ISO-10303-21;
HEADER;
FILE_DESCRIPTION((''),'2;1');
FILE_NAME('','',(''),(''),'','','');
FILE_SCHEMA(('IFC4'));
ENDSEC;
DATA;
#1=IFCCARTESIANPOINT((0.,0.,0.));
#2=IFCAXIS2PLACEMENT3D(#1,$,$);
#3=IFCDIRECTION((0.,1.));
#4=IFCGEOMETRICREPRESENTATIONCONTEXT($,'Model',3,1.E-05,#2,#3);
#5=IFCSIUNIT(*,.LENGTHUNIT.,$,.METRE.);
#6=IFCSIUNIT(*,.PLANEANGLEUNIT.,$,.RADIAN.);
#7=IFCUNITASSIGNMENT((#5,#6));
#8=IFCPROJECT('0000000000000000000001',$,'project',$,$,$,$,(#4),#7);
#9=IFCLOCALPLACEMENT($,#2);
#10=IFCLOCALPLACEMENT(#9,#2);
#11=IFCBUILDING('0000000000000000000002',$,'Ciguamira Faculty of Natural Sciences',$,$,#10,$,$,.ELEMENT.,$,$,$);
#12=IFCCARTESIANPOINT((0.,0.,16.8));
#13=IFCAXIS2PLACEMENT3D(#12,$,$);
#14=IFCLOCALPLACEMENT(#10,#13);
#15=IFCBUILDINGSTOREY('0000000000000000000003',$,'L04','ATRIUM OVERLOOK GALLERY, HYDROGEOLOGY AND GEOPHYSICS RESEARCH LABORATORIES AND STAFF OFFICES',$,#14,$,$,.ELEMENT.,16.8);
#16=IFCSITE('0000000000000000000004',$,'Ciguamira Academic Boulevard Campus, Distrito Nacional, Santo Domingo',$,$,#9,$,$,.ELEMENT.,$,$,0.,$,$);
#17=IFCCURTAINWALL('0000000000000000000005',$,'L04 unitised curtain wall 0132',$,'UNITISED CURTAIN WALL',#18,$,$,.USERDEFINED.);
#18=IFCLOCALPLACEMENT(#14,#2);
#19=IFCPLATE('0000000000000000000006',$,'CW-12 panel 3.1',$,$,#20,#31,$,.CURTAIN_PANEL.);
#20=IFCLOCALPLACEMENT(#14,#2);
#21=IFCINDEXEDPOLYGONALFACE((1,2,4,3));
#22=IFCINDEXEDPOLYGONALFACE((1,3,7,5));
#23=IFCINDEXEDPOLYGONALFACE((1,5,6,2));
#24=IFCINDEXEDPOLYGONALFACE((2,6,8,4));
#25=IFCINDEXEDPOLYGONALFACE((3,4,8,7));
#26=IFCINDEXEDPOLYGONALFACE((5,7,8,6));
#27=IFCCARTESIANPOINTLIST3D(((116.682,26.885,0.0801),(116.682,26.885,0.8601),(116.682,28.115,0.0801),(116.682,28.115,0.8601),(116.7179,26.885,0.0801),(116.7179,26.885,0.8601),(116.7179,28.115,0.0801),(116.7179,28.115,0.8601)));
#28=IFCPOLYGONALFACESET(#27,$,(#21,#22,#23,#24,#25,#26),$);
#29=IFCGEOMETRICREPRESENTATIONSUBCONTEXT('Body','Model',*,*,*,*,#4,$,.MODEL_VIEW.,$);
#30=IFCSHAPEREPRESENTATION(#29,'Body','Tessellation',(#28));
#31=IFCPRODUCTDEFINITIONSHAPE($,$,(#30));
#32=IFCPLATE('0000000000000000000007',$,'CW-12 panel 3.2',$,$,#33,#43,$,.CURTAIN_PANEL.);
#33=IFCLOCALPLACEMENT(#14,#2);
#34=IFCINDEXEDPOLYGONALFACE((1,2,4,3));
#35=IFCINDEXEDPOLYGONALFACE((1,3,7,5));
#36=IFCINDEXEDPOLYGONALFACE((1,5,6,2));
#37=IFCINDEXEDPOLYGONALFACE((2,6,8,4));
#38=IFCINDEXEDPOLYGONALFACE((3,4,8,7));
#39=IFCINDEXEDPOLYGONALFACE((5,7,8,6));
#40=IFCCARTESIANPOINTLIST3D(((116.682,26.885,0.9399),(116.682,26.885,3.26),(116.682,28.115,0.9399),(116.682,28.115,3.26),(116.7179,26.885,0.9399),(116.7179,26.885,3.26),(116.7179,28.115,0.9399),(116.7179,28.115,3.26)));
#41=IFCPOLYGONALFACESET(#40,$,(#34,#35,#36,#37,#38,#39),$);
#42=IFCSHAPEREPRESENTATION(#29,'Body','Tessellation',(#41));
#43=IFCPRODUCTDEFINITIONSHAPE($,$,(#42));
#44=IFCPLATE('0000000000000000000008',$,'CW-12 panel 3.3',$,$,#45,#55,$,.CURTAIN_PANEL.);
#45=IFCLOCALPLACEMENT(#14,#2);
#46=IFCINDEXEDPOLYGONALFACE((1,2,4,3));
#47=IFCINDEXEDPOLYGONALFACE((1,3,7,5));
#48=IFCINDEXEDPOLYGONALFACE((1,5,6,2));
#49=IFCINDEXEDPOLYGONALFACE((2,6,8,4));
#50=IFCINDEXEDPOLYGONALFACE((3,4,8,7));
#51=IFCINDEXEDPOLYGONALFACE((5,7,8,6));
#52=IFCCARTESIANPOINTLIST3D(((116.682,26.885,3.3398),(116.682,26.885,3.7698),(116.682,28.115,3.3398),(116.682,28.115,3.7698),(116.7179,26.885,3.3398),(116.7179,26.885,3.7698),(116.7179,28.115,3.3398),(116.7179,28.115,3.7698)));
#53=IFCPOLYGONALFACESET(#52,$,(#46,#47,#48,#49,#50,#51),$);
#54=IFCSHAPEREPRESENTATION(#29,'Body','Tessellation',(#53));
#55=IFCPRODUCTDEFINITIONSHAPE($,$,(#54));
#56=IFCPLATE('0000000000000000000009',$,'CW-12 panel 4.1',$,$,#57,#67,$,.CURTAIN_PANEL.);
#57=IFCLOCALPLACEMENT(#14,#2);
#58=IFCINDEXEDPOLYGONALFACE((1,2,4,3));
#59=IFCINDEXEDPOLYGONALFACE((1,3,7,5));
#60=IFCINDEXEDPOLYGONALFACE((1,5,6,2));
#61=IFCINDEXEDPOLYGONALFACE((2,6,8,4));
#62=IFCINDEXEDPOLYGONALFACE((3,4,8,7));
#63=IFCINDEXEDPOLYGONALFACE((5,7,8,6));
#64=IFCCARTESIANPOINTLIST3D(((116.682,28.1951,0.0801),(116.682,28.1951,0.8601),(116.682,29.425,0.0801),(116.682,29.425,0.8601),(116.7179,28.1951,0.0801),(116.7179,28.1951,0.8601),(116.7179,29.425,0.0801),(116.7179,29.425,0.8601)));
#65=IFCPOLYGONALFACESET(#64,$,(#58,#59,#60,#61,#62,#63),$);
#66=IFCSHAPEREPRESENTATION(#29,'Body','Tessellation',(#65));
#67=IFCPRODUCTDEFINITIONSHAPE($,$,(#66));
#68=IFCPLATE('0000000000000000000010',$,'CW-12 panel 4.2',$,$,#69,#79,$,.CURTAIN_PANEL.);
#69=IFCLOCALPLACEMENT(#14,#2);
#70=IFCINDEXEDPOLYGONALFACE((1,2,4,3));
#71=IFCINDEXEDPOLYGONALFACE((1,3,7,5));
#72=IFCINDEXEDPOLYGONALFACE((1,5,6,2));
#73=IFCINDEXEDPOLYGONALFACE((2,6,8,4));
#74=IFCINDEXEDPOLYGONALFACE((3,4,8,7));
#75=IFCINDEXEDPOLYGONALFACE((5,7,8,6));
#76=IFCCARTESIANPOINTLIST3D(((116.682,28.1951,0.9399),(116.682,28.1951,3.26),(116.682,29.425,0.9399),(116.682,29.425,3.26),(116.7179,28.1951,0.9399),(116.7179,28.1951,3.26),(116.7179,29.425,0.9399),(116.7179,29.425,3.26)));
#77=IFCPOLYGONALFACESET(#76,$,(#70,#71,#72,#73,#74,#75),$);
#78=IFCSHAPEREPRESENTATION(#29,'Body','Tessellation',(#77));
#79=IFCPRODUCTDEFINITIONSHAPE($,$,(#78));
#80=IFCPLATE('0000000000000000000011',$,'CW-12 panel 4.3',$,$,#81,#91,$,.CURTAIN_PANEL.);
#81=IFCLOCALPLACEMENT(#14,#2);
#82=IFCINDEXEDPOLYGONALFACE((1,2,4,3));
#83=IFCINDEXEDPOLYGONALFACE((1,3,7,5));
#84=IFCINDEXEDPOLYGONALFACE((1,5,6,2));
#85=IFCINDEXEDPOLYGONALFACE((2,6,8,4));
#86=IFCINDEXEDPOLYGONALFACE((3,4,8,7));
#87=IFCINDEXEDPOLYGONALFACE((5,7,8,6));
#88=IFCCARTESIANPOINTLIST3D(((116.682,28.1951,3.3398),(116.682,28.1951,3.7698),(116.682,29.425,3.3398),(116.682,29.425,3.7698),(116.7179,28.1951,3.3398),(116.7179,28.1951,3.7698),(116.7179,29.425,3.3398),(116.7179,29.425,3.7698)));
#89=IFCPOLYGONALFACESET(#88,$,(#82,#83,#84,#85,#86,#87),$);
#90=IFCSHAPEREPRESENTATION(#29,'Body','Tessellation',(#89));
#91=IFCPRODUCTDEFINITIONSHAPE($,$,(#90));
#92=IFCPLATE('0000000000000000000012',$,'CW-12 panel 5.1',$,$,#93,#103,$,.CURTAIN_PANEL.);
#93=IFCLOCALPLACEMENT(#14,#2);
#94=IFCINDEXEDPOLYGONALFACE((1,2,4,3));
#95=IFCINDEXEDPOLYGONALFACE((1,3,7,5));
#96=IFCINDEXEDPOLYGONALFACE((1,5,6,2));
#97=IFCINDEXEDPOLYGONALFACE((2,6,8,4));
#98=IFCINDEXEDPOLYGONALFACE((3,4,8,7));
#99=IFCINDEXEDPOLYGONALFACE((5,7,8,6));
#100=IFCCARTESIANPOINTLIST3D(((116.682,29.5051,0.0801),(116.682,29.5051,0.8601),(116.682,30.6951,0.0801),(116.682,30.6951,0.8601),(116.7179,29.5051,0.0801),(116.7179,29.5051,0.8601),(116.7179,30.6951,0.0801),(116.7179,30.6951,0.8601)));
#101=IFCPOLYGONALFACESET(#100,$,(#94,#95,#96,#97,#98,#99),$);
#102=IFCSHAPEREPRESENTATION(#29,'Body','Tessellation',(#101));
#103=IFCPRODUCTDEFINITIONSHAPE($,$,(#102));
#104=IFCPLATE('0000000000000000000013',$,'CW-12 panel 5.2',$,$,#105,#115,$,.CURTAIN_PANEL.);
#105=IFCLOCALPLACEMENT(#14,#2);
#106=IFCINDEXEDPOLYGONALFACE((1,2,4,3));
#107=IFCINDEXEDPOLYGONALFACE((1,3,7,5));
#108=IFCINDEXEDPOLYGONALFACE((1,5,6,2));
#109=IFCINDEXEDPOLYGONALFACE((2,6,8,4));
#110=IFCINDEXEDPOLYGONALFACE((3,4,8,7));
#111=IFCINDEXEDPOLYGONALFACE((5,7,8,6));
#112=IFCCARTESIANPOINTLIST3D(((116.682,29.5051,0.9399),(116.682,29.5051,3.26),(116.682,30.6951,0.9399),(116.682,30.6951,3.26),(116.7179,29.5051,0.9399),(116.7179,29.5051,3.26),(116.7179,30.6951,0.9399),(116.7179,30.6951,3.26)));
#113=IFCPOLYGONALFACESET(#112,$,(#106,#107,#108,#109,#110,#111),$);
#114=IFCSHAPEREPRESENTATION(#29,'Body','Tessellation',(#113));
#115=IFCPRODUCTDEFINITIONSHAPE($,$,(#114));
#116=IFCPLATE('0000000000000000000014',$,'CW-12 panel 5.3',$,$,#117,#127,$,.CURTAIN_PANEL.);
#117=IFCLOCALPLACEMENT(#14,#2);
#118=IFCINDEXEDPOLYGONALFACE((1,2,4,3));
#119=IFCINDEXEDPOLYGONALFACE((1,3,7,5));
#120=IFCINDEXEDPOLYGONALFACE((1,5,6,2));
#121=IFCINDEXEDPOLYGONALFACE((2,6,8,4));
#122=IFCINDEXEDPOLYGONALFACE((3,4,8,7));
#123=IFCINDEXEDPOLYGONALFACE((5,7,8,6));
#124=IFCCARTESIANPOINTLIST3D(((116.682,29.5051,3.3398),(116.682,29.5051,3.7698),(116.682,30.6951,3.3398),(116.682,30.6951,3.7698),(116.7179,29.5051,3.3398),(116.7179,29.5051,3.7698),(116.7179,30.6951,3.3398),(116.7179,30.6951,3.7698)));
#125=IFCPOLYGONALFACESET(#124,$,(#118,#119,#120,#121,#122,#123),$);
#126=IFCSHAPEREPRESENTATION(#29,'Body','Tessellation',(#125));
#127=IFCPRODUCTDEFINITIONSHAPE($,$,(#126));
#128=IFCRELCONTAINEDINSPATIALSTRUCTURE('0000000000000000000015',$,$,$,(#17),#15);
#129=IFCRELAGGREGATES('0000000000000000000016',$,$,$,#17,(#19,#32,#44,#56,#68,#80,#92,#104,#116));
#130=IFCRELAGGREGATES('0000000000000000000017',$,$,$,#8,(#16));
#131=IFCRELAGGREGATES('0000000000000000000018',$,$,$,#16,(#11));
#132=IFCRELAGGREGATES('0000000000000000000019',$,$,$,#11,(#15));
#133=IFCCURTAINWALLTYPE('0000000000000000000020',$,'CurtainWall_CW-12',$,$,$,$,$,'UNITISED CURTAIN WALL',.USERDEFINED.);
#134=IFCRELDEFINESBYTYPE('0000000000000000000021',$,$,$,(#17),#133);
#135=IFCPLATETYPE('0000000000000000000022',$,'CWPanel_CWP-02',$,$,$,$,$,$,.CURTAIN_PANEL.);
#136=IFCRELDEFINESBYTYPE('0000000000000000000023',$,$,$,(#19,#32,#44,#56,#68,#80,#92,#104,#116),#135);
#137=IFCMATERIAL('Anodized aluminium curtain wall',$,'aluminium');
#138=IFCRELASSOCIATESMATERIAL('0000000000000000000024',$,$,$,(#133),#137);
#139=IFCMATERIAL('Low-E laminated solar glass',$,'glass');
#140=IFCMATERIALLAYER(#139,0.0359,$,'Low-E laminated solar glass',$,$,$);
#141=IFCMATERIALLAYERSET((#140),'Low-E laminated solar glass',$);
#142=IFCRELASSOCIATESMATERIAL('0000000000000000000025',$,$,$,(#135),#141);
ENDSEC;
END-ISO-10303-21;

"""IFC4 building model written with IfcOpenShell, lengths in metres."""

from ifc_helpers import new_model, si_unit, direction, frame, origin, origin_2d, place, context, subcontext, project, spatial, rectangle, extrude, material, layer, layer_set, type_object, element, aggregate, save


model = new_model("IFC4")

# Units and contexts
model_context = context("Model", 3, precision=1e-05, world=origin(), true_north=direction((0.0, 1.0)))
body_context = subcontext(model_context, "Body", "Model", "MODEL_VIEW")
ifc_project = project(units=[si_unit("LENGTHUNIT", "METRE"), si_unit("PLANEANGLEUNIT", "RADIAN")], contexts=[model_context])

# Site, building, storey
site_placement = place(None, origin())
site = spatial("IfcSite", under=ifc_project, at=site_placement, Name="Ciguamira Academic Boulevard Campus, Distrito Nacional, Santo Domingo", CompositionType="ELEMENT", RefElevation=0.0)
building_placement = place(site_placement, origin())
building = spatial("IfcBuilding", under=site, at=building_placement, Name="Ciguamira Faculty of Natural Sciences", CompositionType="ELEMENT")
storey_placement = place(building_placement, frame((0.0, 0.0, 16.8)))
storey = spatial("IfcBuildingStorey", under=building, at=storey_placement, Name="L04", Description="ATRIUM OVERLOOK GALLERY, HYDROGEOLOGY AND GEOPHYSICS RESEARCH LABORATORIES AND STAFF OFFICES", CompositionType="ELEMENT", Elevation=16.8)

# Curtain wall, plates
ifc_material_1 = material(Name="Anodized aluminium curtain wall", Category="aluminium")
curtain_wall_type = type_object("IfcCurtainWallType", Name="CurtainWall_CW-12", ElementType="UNITISED CURTAIN WALL", PredefinedType="USERDEFINED", material=ifc_material_1)
curtain_wall_placement = place(storey_placement, origin())
curtain_wall = element("IfcCurtainWall", 1, at=curtain_wall_placement, inside=storey, type_object=curtain_wall_type, Name="L04 unitised curtain wall 0132", ObjectType="UNITISED CURTAIN WALL", PredefinedType="USERDEFINED")
ifc_material_2 = material(Name="Low-E laminated solar glass", Category="glass")
ifc_layer = layer(ifc_material_2, 0.0359, Name="Low-E laminated solar glass")
ifc_layer_set = layer_set([ifc_layer], Name="Low-E laminated solar glass")
plate_type = type_object("IfcPlateType", Name="CWPanel_CWP-02", PredefinedType="CURTAIN_PANEL", material=ifc_layer_set)
plate_1_placement = place(storey_placement, frame((116.7, 27.5, 0.0801), z_axis=(0.0, 0.0, 1.0), x_axis=(0.0, 1.0, 0.0)))
plate_1 = element("IfcPlate", 2, at=plate_1_placement, type_object=plate_type, Name="CW-12 panel 3.1", PredefinedType="CURTAIN_PANEL", context=body_context, shape_type="SweptSolid", body=[
    extrude(rectangle(XDim=1.23, YDim=0.0359, at=origin_2d()), origin(), (0.0, 0.0, 1.0), 0.78),
])
plate_2_placement = place(storey_placement, frame((116.7, 27.5, 0.9399), z_axis=(0.0, 0.0, 1.0), x_axis=(0.0, 1.0, 0.0)))
plate_2 = element("IfcPlate", 3, at=plate_2_placement, type_object=plate_type, Name="CW-12 panel 3.2", PredefinedType="CURTAIN_PANEL", context=body_context, shape_type="SweptSolid", body=[
    extrude(rectangle(XDim=1.23, YDim=0.0359, at=origin_2d()), origin(), (0.0, 0.0, 1.0), 2.3201),
])
plate_3_placement = place(storey_placement, frame((116.7, 27.5, 3.3398), z_axis=(0.0, 0.0, 1.0), x_axis=(0.0, 1.0, 0.0)))
plate_3 = element("IfcPlate", 4, at=plate_3_placement, type_object=plate_type, Name="CW-12 panel 3.3", PredefinedType="CURTAIN_PANEL", context=body_context, shape_type="SweptSolid", body=[
    extrude(rectangle(XDim=1.23, YDim=0.0359, at=origin_2d()), origin(), (0.0, 0.0, 1.0), 0.4299),
])
plate_4_placement = place(storey_placement, frame((116.7, 28.8101, 0.0801), z_axis=(0.0, 0.0, 1.0), x_axis=(0.0, 1.0, 0.0)))
plate_4 = element("IfcPlate", 5, at=plate_4_placement, type_object=plate_type, Name="CW-12 panel 4.1", PredefinedType="CURTAIN_PANEL", context=body_context, shape_type="SweptSolid", body=[
    extrude(rectangle(XDim=1.23, YDim=0.0359, at=origin_2d()), origin(), (0.0, 0.0, 1.0), 0.78),
])
plate_5_placement = place(storey_placement, frame((116.7, 28.8101, 0.9399), z_axis=(0.0, 0.0, 1.0), x_axis=(0.0, 1.0, 0.0)))
plate_5 = element("IfcPlate", 6, at=plate_5_placement, type_object=plate_type, Name="CW-12 panel 4.2", PredefinedType="CURTAIN_PANEL", context=body_context, shape_type="SweptSolid", body=[
    extrude(rectangle(XDim=1.23, YDim=0.0359, at=origin_2d()), origin(), (0.0, 0.0, 1.0), 2.3201),
])
plate_6_placement = place(storey_placement, frame((116.7, 28.8101, 3.3398), z_axis=(0.0, 0.0, 1.0), x_axis=(0.0, 1.0, 0.0)))
plate_6 = element("IfcPlate", 7, at=plate_6_placement, type_object=plate_type, Name="CW-12 panel 4.3", PredefinedType="CURTAIN_PANEL", context=body_context, shape_type="SweptSolid", body=[
    extrude(rectangle(XDim=1.23, YDim=0.0359, at=origin_2d()), origin(), (0.0, 0.0, 1.0), 0.4299),
])
plate_7_placement = place(storey_placement, frame((116.7, 30.1001, 0.0801), z_axis=(0.0, 0.0, 1.0), x_axis=(0.0, 1.0, 0.0)))
plate_7 = element("IfcPlate", 8, at=plate_7_placement, type_object=plate_type, Name="CW-12 panel 5.1", PredefinedType="CURTAIN_PANEL", context=body_context, shape_type="SweptSolid", body=[
    extrude(rectangle(XDim=1.1899, YDim=0.0359, at=origin_2d()), origin(), (0.0, 0.0, 1.0), 0.78),
])
plate_8_placement = place(storey_placement, frame((116.7, 30.1001, 0.9399), z_axis=(0.0, 0.0, 1.0), x_axis=(0.0, 1.0, 0.0)))
plate_8 = element("IfcPlate", 9, at=plate_8_placement, type_object=plate_type, Name="CW-12 panel 5.2", PredefinedType="CURTAIN_PANEL", context=body_context, shape_type="SweptSolid", body=[
    extrude(rectangle(XDim=1.1899, YDim=0.0359, at=origin_2d()), origin(), (0.0, 0.0, 1.0), 2.3201),
])
plate_9_placement = place(storey_placement, frame((116.7, 30.1001, 3.3398), z_axis=(0.0, 0.0, 1.0), x_axis=(0.0, 1.0, 0.0)))
plate_9 = element("IfcPlate", 10, at=plate_9_placement, type_object=plate_type, Name="CW-12 panel 5.3", PredefinedType="CURTAIN_PANEL", context=body_context, shape_type="SweptSolid", body=[
    extrude(rectangle(XDim=1.1899, YDim=0.0359, at=origin_2d()), origin(), (0.0, 0.0, 1.0), 0.4299),
])
aggregate(curtain_wall, [plate_1, plate_2, plate_3, plate_4, plate_5, plate_6, plate_7, plate_8, plate_9])

save(model, "model.ifc")
